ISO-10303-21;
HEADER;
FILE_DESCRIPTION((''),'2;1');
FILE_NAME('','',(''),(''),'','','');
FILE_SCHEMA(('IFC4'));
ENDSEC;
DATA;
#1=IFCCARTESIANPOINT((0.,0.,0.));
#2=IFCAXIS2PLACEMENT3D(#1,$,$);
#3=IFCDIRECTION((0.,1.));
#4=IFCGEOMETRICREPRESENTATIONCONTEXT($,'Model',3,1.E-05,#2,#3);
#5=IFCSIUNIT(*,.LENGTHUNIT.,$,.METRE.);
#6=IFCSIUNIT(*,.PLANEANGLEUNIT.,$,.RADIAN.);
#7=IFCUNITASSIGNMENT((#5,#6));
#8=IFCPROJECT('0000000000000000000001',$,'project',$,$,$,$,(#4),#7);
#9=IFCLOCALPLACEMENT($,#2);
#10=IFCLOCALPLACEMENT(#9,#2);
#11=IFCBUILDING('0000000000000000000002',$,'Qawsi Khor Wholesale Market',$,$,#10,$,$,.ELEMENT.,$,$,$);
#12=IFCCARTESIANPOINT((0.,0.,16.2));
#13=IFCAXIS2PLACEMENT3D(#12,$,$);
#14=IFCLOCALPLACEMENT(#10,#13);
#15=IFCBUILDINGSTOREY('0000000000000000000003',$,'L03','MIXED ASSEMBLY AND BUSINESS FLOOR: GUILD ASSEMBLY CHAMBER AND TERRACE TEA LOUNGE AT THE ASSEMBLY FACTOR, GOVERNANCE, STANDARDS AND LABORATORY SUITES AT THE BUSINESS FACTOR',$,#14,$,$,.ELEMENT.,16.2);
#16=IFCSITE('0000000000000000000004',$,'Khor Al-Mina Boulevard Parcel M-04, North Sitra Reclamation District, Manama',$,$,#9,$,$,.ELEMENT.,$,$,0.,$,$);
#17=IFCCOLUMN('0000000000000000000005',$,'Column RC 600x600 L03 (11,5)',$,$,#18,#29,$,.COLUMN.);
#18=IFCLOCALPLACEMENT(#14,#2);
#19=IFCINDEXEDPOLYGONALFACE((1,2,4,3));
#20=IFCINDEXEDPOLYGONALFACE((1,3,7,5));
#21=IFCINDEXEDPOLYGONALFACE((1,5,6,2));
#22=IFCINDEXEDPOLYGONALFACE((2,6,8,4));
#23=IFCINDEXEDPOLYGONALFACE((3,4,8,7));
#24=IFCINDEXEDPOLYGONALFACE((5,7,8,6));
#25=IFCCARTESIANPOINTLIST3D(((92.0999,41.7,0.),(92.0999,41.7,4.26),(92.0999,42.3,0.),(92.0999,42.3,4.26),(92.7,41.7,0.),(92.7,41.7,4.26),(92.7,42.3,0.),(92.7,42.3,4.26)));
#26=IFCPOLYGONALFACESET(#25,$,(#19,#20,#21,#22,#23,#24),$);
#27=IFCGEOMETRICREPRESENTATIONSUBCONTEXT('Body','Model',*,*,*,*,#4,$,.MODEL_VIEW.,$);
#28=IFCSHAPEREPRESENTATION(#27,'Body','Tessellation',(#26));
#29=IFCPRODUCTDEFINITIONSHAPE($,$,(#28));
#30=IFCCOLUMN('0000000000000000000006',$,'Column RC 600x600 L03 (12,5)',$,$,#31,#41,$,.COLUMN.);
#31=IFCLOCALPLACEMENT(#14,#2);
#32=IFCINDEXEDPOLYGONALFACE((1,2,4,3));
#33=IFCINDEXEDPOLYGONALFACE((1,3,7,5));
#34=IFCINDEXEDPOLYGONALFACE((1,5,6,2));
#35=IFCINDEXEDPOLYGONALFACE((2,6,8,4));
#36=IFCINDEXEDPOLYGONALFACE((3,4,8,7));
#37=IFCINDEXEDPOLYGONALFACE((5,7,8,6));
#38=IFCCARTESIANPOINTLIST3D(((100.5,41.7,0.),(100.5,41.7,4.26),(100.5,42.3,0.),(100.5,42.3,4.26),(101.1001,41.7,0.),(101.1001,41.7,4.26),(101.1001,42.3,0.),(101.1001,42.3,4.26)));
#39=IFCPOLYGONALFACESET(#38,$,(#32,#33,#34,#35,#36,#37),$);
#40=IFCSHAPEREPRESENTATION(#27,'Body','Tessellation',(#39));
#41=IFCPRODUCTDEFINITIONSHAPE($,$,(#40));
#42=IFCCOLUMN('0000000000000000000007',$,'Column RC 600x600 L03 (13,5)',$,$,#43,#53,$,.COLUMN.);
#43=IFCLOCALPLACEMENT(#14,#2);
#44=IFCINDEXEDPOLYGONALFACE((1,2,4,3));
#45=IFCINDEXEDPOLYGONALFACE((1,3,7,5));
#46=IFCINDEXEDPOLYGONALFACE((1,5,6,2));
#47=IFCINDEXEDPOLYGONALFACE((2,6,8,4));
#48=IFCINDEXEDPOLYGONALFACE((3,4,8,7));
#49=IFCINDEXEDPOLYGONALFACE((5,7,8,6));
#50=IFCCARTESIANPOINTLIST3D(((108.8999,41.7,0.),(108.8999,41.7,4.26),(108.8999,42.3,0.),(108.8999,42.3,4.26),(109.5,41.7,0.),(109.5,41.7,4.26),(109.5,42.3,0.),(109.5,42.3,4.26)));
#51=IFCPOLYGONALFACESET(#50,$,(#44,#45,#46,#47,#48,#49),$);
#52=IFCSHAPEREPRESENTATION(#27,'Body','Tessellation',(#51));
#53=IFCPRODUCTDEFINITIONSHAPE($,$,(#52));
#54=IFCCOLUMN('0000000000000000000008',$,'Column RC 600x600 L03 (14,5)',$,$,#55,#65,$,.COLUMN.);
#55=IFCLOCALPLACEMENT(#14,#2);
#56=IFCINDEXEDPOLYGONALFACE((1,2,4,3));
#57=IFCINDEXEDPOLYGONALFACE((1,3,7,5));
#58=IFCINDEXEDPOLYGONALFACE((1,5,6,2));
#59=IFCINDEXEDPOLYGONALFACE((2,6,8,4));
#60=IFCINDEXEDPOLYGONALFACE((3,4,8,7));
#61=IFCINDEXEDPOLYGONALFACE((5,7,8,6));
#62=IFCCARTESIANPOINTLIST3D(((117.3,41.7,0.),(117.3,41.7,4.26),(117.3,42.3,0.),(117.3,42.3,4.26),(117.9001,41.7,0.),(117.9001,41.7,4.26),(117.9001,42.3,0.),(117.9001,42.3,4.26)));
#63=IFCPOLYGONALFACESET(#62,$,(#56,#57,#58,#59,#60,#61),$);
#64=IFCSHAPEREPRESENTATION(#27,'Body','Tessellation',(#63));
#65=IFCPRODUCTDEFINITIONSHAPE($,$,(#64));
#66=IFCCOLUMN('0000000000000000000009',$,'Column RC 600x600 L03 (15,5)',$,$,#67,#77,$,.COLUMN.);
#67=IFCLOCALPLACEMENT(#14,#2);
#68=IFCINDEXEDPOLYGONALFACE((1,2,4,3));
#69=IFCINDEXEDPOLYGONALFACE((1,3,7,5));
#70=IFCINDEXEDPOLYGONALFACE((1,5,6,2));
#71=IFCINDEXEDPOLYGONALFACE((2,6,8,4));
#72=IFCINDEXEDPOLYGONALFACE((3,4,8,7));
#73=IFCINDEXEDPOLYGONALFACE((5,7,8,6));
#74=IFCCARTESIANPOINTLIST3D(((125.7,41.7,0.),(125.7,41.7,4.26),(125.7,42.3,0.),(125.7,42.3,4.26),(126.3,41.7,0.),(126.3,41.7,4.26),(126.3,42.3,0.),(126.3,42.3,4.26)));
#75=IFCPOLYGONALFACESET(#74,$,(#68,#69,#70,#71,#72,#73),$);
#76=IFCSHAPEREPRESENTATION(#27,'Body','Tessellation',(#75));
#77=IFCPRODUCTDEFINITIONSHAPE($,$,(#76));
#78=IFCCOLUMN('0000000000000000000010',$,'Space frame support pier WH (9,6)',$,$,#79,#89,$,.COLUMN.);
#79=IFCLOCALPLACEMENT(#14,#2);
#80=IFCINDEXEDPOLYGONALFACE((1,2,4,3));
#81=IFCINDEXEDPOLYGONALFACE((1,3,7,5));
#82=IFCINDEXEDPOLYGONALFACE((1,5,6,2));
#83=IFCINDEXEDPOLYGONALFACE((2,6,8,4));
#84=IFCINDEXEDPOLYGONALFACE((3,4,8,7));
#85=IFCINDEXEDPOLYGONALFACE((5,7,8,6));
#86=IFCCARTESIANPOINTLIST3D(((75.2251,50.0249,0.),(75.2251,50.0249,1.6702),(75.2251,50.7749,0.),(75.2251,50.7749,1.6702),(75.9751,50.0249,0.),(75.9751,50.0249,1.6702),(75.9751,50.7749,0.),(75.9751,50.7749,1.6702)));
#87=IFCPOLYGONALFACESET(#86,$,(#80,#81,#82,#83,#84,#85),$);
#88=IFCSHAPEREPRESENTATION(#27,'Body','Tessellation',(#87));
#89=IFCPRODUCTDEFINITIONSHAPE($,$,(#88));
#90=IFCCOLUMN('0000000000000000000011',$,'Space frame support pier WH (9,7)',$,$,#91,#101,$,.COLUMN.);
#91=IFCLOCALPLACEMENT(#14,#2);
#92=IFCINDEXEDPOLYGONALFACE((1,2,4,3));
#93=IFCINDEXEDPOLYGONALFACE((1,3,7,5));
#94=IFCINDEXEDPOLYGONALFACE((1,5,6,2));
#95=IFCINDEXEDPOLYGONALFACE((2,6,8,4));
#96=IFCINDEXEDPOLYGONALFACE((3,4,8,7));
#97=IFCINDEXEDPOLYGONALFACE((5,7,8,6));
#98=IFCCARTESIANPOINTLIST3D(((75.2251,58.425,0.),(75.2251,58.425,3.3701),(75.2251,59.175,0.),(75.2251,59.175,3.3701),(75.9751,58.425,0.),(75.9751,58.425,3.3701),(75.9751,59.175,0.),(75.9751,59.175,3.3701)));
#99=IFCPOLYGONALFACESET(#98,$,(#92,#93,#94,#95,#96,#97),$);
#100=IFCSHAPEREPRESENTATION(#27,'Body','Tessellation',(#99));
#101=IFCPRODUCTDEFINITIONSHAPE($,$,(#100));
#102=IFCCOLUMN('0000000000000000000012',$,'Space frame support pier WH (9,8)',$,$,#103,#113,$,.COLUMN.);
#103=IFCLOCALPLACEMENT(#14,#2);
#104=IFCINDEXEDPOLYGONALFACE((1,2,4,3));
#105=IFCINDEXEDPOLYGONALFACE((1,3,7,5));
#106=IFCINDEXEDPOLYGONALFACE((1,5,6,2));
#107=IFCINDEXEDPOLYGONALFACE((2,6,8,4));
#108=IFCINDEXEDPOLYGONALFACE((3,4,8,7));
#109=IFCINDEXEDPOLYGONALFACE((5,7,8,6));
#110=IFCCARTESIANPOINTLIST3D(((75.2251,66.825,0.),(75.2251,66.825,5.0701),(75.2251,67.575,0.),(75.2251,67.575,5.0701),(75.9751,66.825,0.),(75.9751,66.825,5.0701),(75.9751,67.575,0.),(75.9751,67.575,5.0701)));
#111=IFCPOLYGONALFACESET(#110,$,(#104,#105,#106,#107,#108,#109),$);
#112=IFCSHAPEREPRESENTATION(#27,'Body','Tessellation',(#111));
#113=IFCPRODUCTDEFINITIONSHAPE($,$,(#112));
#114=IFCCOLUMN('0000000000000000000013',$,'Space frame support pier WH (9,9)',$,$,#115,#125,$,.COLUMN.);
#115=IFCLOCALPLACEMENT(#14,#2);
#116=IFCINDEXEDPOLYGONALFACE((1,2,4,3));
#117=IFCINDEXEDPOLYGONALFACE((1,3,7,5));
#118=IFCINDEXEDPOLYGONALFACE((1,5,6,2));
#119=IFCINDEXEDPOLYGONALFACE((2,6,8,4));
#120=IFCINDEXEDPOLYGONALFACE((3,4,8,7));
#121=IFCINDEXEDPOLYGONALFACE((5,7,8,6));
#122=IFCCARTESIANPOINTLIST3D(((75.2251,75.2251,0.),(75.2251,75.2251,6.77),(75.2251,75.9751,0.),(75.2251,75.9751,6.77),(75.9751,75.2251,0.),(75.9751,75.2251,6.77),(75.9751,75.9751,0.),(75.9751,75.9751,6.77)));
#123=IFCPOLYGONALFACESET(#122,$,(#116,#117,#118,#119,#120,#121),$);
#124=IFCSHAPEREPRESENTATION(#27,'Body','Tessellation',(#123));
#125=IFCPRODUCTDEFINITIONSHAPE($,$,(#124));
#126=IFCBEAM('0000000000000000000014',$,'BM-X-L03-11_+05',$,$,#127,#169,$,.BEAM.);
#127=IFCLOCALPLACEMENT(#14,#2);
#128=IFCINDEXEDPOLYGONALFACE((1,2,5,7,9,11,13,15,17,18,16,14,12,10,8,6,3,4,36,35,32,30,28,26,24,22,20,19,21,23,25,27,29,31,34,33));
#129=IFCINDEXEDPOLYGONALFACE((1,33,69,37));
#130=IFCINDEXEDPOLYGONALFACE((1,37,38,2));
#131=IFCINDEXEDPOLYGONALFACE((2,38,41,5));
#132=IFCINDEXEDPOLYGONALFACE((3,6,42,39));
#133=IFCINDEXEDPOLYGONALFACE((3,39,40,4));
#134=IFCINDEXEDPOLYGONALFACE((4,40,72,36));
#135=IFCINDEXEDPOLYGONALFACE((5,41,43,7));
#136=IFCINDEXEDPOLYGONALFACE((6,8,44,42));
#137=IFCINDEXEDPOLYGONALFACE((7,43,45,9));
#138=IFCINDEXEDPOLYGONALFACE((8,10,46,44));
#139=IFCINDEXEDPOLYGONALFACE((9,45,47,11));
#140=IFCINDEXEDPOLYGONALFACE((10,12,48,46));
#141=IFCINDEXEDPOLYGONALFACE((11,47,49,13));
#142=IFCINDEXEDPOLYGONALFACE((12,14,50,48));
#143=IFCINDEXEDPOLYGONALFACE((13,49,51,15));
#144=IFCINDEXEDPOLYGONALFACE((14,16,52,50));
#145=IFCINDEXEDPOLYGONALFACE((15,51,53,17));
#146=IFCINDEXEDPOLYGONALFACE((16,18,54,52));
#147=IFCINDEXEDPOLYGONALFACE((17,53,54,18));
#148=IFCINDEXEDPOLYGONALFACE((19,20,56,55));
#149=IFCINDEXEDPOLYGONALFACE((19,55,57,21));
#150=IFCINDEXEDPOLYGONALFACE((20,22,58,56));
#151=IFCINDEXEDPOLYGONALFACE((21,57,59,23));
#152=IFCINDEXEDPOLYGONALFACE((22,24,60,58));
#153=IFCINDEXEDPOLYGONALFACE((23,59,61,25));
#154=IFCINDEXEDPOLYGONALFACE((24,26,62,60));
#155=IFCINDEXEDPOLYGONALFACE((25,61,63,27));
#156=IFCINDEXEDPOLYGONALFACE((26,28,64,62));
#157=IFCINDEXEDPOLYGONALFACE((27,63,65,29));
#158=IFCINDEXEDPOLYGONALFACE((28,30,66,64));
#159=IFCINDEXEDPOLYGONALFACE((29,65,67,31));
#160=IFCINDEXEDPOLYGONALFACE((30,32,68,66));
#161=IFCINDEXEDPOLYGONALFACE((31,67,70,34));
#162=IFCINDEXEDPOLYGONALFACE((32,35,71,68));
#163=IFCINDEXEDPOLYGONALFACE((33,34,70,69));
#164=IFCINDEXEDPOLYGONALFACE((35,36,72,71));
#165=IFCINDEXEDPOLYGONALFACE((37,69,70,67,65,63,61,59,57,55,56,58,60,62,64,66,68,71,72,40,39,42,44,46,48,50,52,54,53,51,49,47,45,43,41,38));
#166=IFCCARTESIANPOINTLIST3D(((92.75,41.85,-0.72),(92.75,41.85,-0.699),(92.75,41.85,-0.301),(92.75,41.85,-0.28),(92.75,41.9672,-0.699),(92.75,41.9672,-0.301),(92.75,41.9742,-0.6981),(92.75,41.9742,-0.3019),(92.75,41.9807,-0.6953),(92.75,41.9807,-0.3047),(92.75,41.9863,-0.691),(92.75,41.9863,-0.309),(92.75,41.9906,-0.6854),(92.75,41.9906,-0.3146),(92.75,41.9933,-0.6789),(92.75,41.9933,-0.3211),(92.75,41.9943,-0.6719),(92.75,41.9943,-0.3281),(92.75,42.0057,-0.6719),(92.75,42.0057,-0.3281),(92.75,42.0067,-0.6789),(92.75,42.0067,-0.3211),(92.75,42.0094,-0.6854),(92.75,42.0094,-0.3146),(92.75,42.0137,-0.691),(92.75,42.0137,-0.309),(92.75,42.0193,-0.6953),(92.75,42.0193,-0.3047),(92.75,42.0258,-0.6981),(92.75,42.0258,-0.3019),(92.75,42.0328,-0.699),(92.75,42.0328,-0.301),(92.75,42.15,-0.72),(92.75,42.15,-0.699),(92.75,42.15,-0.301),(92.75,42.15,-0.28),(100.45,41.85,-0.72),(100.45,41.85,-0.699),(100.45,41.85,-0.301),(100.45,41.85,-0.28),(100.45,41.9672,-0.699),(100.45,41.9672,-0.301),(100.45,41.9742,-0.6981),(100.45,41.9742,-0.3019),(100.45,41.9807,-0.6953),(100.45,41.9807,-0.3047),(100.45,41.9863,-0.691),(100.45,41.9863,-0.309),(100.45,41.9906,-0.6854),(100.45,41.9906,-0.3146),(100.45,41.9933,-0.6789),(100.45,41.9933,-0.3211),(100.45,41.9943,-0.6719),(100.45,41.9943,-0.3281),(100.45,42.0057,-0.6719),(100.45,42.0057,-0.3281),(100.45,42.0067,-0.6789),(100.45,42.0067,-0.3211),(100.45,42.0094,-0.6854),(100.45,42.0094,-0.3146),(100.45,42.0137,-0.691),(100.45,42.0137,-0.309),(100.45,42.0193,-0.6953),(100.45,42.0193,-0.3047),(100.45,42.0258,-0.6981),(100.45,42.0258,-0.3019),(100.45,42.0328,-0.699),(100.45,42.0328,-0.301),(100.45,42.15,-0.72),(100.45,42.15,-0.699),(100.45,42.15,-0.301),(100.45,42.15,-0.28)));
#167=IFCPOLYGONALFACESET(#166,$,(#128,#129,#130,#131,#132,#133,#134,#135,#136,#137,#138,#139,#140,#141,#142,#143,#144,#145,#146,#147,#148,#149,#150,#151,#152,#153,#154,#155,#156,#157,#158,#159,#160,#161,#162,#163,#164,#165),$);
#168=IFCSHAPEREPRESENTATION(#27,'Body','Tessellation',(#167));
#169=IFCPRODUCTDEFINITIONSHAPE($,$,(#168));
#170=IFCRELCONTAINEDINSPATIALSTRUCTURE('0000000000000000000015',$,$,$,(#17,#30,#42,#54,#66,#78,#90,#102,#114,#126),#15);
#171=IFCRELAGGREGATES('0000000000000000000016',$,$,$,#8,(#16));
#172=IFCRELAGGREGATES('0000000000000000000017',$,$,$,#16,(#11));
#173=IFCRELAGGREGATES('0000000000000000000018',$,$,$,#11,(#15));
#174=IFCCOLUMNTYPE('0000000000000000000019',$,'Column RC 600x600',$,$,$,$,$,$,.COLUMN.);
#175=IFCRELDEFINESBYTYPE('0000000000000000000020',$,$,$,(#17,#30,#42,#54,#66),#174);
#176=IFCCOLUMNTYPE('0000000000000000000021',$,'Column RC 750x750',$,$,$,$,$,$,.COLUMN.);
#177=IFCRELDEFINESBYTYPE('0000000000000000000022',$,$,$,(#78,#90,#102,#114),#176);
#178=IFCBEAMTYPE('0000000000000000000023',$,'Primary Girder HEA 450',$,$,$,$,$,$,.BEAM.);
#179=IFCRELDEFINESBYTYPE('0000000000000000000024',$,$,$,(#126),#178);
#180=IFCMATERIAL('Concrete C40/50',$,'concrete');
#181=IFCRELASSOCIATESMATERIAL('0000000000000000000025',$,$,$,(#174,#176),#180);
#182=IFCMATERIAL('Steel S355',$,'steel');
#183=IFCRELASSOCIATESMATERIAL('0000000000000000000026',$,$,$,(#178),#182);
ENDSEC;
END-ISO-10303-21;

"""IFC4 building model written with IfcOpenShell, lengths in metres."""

from ifc_helpers import new_model, si_unit, direction, frame, origin, origin_2d, place, context, subcontext, project, spatial, rectangle, i_section, extrude, material, material_profile, profile_set, type_object, element, save


model = new_model("IFC4")

# Units and contexts
model_context = context("Model", 3, precision=1e-05, world=origin(), true_north=direction((0.0, 1.0)))
body_context = subcontext(model_context, "Body", "Model", "MODEL_VIEW")
ifc_project = project(units=[si_unit("LENGTHUNIT", "METRE"), si_unit("PLANEANGLEUNIT", "RADIAN")], contexts=[model_context])

# Site, building, storey
site_placement = place(None, origin())
site = spatial("IfcSite", under=ifc_project, at=site_placement, Name="Khor Al-Mina Boulevard Parcel M-04, North Sitra Reclamation District, Manama", CompositionType="ELEMENT", RefElevation=0.0)
building_placement = place(site_placement, origin())
building = spatial("IfcBuilding", under=site, at=building_placement, Name="Qawsi Khor Wholesale Market", CompositionType="ELEMENT")
storey_placement = place(building_placement, frame((0.0, 0.0, 16.2)))
storey = spatial("IfcBuildingStorey", under=building, at=storey_placement, Name="L03", Description="MIXED ASSEMBLY AND BUSINESS FLOOR: GUILD ASSEMBLY CHAMBER AND TERRACE TEA LOUNGE AT THE ASSEMBLY FACTOR, GOVERNANCE, STANDARDS AND LABORATORY SUITES AT THE BUSINESS FACTOR", CompositionType="ELEMENT", Elevation=16.2)

# Columns
ifc_material_1 = material(Name="Concrete C40/50", Category="concrete")
ifc_material_profile_1 = material_profile(ifc_material_1, rectangle(XDim=0.6001, YDim=0.6001, at=origin_2d()), Name="RC 600x600")
ifc_profile_set_1 = profile_set([ifc_material_profile_1], Name="Concrete C40/50")
column_type_1 = type_object("IfcColumnType", Name="Column RC 600x600", PredefinedType="COLUMN", material=ifc_profile_set_1)
for number, where, z_axis, x_axis, name in (
    (1, (92.3999, 42.0, 0.0), (0.0, 0.0, 1.0), (1.0, 0.0, 0.0), "Column RC 600x600 L03 (11,5)"),
    (2, (100.8, 42.0, 0.0), (0.0, 0.0, 1.0), (1.0, 0.0, 0.0), "Column RC 600x600 L03 (12,5)"),
    (3, (109.2, 42.0, 0.0), (0.0, 0.0, 1.0), (1.0, 0.0, 0.0), "Column RC 600x600 L03 (13,5)"),
    (4, (117.6001, 42.0, 0.0), (0.0, 0.0, 1.0), (1.0, 0.0, 0.0), "Column RC 600x600 L03 (14,5)"),
    (5, (126.0, 42.0, 0.0), (0.0, 0.0, 1.0), (1.0, 0.0, 0.0), "Column RC 600x600 L03 (15,5)"),
):
    element("IfcColumn", number, at=place(storey_placement, frame(where, z_axis=z_axis, x_axis=x_axis)), inside=storey, type_object=column_type_1, Name=name, PredefinedType="COLUMN", context=body_context, shape_type="SweptSolid", body=[
        extrude(rectangle(XDim=0.6001, YDim=0.6001, at=origin_2d()), origin(), (0.0, 0.0, 1.0), 4.26),
    ])
ifc_material_profile_2 = material_profile(ifc_material_1, rectangle(XDim=0.75, YDim=0.75, at=origin_2d()), Name="RC 750x750")
ifc_profile_set_2 = profile_set([ifc_material_profile_2], Name="Concrete C40/50")
column_type_2 = type_object("IfcColumnType", Name="Column RC 750x750", PredefinedType="COLUMN", material=ifc_profile_set_2)
column_1_placement = place(storey_placement, frame((75.6001, 50.3999, 0.0), z_axis=(0.0, 0.0, 1.0), x_axis=(1.0, 0.0, 0.0)))
element("IfcColumn", 6, at=column_1_placement, inside=storey, type_object=column_type_2, Name="Space frame support pier WH (9,6)", PredefinedType="COLUMN", context=body_context, shape_type="SweptSolid", body=[
    extrude(rectangle(XDim=0.75, YDim=0.75, at=origin_2d()), origin(), (0.0, 0.0, 1.0), 1.6702),
])
column_2_placement = place(storey_placement, frame((75.6001, 58.8, 0.0), z_axis=(0.0, 0.0, 1.0), x_axis=(1.0, 0.0, 0.0)))
element("IfcColumn", 7, at=column_2_placement, inside=storey, type_object=column_type_2, Name="Space frame support pier WH (9,7)", PredefinedType="COLUMN", context=body_context, shape_type="SweptSolid", body=[
    extrude(rectangle(XDim=0.75, YDim=0.75, at=origin_2d()), origin(), (0.0, 0.0, 1.0), 3.3701),
])
column_3_placement = place(storey_placement, frame((75.6001, 67.2, 0.0), z_axis=(0.0, 0.0, 1.0), x_axis=(1.0, 0.0, 0.0)))
element("IfcColumn", 8, at=column_3_placement, inside=storey, type_object=column_type_2, Name="Space frame support pier WH (9,8)", PredefinedType="COLUMN", context=body_context, shape_type="SweptSolid", body=[
    extrude(rectangle(XDim=0.75, YDim=0.75, at=origin_2d()), origin(), (0.0, 0.0, 1.0), 5.0701),
])
column_4_placement = place(storey_placement, frame((75.6001, 75.6001, 0.0), z_axis=(0.0, 0.0, 1.0), x_axis=(1.0, 0.0, 0.0)))
element("IfcColumn", 9, at=column_4_placement, inside=storey, type_object=column_type_2, Name="Space frame support pier WH (9,9)", PredefinedType="COLUMN", context=body_context, shape_type="SweptSolid", body=[
    extrude(rectangle(XDim=0.75, YDim=0.75, at=origin_2d()), origin(), (0.0, 0.0, 1.0), 6.77),
])

# Beam
ifc_material_2 = material(Name="Steel S355", Category="steel")
ifc_material_profile_3 = material_profile(ifc_material_2, i_section(OverallWidth=0.3, OverallDepth=0.4399, WebThickness=0.0115, FlangeThickness=0.021, FilletRadius=0.0271, at=origin_2d()), Name="HEA 450")
ifc_profile_set_3 = profile_set([ifc_material_profile_3], Name="Steel S355")
beam_type = type_object("IfcBeamType", Name="Primary Girder HEA 450", PredefinedType="BEAM", material=ifc_profile_set_3)
beam_1_placement = place(storey_placement, frame((92.75, 42.0, -0.5), z_axis=(1.0, 0.0, 0.0), x_axis=(0.0, 1.0, 0.0)))
element("IfcBeam", 10, at=beam_1_placement, inside=storey, type_object=beam_type, Name="BM-X-L03-11_+05", PredefinedType="BEAM", context=body_context, shape_type="SweptSolid", body=[
    extrude(i_section(OverallWidth=0.3, OverallDepth=0.4399, WebThickness=0.0115, FlangeThickness=0.021, FilletRadius=0.0271, at=origin_2d()), origin(), (0.0, 0.0, 1.0), 7.7),
])

save(model, "model.ifc")
